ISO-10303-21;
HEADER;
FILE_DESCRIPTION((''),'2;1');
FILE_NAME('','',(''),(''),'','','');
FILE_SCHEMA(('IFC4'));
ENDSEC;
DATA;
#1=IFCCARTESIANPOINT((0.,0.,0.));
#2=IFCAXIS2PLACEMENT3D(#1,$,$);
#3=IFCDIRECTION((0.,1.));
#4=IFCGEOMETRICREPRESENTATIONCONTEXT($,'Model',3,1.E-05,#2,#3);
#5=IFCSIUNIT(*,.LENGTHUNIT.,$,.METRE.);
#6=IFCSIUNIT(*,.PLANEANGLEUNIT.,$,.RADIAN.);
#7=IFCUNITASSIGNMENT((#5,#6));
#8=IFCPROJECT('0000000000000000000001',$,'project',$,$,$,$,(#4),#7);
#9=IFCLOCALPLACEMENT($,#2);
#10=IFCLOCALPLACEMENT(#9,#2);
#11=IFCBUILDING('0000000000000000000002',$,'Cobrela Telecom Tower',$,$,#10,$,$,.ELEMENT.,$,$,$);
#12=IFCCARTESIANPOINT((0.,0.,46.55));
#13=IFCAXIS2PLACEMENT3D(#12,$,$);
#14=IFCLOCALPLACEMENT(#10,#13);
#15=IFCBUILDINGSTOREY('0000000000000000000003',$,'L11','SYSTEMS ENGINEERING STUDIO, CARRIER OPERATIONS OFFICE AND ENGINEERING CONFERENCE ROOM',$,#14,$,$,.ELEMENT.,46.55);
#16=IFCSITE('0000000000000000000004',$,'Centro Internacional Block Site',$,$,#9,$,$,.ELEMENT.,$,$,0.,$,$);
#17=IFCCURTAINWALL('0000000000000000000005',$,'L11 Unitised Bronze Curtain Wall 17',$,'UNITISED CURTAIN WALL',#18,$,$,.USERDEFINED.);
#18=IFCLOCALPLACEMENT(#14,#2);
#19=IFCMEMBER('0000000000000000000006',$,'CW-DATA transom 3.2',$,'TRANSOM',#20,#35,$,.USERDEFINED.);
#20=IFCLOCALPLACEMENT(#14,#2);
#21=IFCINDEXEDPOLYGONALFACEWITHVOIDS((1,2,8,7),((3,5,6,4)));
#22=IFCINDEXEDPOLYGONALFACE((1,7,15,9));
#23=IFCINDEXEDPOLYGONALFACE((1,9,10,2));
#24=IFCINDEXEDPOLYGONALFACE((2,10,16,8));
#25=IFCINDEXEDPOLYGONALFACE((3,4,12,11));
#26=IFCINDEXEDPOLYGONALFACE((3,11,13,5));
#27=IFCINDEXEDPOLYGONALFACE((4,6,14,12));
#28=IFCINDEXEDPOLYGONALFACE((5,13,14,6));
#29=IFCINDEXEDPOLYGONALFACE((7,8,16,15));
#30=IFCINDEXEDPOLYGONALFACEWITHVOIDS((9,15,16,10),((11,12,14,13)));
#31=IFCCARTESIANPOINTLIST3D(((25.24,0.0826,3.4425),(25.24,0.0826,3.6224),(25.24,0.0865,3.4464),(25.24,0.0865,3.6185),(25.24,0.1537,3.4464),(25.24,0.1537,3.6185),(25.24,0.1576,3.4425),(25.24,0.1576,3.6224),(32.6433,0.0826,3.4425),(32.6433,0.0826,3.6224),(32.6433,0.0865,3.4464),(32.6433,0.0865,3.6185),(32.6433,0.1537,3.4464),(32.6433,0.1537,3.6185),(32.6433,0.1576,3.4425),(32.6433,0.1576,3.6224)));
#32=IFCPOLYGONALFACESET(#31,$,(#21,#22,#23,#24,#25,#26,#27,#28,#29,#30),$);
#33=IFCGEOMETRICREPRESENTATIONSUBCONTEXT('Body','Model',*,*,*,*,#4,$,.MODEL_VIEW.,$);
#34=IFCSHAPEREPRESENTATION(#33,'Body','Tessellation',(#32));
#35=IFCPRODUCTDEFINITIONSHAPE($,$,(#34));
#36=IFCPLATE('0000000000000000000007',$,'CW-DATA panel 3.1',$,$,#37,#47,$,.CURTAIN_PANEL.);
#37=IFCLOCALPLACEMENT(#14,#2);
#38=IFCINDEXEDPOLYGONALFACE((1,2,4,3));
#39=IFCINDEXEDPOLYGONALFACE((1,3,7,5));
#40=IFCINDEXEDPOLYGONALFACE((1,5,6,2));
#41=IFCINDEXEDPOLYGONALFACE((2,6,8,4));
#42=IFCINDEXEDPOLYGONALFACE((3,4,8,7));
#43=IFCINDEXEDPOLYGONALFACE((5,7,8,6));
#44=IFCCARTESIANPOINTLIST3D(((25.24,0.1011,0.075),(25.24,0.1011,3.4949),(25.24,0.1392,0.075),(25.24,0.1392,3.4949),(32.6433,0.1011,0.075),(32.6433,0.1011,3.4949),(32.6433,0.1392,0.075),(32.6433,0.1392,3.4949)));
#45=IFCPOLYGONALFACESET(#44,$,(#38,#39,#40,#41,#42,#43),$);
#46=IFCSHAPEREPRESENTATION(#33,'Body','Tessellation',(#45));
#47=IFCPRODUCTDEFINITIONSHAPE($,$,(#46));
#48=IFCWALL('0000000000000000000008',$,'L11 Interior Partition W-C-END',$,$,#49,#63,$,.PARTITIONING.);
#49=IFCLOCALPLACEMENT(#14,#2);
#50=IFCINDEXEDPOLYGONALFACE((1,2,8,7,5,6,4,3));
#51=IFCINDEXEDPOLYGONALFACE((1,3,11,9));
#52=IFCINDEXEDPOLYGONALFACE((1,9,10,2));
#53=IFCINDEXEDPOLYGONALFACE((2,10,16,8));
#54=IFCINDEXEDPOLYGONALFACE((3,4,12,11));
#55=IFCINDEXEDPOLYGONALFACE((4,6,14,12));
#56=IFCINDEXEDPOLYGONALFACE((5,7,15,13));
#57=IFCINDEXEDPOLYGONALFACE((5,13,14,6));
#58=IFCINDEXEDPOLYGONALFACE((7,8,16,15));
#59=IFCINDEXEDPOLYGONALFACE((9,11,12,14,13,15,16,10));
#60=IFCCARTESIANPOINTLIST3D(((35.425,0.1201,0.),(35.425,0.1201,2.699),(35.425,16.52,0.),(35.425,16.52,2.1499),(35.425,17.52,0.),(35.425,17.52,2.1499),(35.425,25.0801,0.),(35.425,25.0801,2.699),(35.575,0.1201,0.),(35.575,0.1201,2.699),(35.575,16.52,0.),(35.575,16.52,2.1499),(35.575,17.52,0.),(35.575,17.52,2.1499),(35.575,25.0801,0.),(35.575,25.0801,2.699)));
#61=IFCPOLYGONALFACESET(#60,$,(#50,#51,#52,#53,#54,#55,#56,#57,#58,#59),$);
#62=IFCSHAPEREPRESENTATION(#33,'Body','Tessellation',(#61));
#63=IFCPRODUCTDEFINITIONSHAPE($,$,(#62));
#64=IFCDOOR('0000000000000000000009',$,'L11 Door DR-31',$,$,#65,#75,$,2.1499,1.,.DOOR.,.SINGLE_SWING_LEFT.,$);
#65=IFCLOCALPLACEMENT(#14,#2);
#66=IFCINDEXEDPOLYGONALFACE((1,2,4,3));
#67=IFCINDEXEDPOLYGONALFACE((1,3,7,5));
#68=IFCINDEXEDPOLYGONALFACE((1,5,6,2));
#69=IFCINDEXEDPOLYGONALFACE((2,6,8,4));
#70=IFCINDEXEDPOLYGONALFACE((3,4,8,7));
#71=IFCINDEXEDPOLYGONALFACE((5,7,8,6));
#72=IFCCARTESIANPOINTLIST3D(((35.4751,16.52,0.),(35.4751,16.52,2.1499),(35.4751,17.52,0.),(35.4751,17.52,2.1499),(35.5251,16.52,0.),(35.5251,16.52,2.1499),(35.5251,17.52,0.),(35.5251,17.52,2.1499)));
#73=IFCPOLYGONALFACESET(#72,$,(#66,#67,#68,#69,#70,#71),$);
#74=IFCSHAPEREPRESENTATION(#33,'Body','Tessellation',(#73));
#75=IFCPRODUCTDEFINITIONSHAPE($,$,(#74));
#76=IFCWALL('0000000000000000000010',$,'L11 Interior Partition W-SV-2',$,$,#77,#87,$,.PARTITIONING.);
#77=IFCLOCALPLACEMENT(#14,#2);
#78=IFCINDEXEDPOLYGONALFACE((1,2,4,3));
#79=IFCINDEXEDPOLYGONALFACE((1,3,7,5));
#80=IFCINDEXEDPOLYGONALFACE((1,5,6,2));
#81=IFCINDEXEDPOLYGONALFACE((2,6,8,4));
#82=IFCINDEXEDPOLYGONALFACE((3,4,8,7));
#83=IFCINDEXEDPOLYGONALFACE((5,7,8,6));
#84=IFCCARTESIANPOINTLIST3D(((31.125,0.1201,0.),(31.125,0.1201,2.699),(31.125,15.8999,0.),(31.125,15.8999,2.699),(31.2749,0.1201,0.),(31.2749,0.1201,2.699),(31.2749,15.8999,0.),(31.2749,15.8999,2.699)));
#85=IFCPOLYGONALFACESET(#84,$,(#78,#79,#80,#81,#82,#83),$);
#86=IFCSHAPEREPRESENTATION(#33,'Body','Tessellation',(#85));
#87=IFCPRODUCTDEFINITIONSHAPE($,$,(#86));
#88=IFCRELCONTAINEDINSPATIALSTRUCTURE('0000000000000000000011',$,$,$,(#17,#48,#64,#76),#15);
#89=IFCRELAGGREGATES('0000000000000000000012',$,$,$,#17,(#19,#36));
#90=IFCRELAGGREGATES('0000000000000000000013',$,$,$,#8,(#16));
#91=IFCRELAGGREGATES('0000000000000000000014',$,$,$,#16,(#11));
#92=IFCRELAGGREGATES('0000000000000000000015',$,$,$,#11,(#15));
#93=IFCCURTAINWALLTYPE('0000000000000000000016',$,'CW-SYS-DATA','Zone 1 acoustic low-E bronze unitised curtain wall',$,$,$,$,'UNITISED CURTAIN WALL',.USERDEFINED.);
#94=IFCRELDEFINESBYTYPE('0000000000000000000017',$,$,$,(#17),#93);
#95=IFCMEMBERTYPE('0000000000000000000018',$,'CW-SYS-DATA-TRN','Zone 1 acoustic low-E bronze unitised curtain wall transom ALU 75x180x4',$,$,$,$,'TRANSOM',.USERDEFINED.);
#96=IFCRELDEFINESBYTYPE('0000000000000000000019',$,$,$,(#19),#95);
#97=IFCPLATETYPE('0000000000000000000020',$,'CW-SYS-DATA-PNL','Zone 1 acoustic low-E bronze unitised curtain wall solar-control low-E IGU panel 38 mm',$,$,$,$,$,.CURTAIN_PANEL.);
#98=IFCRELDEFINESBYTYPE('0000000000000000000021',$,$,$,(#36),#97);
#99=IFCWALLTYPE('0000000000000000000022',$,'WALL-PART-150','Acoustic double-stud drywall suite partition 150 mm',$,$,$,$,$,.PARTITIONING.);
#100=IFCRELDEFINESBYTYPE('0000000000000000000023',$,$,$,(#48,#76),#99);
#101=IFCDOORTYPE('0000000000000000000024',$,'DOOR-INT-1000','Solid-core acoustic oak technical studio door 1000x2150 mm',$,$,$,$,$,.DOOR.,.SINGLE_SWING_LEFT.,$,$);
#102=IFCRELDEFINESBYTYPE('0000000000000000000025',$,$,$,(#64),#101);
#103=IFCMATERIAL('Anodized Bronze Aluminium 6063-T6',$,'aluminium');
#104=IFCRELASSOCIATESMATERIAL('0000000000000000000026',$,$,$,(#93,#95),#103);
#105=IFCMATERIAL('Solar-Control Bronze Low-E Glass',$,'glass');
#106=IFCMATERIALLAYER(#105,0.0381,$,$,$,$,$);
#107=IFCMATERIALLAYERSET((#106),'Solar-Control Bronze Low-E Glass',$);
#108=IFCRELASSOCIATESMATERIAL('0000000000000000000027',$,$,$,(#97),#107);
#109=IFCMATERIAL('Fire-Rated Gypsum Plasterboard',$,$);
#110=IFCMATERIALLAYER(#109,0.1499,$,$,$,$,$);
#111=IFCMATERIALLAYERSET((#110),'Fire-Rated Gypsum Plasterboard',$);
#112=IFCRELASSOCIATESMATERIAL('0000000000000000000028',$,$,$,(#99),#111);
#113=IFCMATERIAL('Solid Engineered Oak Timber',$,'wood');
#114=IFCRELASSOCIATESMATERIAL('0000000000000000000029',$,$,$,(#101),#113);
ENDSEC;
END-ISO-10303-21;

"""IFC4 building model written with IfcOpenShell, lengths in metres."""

from ifc_helpers import new_model, si_unit, direction, frame, frame_2d, origin, origin_2d, place, context, subcontext, project, spatial, rectangle, hollow_rectangle, extrude, material, layer, layer_set, material_profile, profile_set, type_object, element, fill, aggregate, save


model = new_model("IFC4")

# Units and contexts
model_context = context("Model", 3, precision=1e-05, world=origin(), true_north=direction((0.0, 1.0)))
body_context = subcontext(model_context, "Body", "Model", "MODEL_VIEW")
ifc_project = project(units=[si_unit("LENGTHUNIT", "METRE"), si_unit("PLANEANGLEUNIT", "RADIAN")], contexts=[model_context])

# Site, building, storey
site_placement = place(None, origin())
site = spatial("IfcSite", under=ifc_project, at=site_placement, Name="Centro Internacional Block Site", CompositionType="ELEMENT", RefElevation=0.0)
building_placement = place(site_placement, origin())
building = spatial("IfcBuilding", under=site, at=building_placement, Name="Cobrela Telecom Tower", CompositionType="ELEMENT")
storey_placement = place(building_placement, frame((0.0, 0.0, 46.55)))
storey = spatial("IfcBuildingStorey", under=building, at=storey_placement, Name="L11", Description="SYSTEMS ENGINEERING STUDIO, CARRIER OPERATIONS OFFICE AND ENGINEERING CONFERENCE ROOM", CompositionType="ELEMENT", Elevation=46.55)

# Curtain wall, member, plate
ifc_material_1 = material(Name="Anodized Bronze Aluminium 6063-T6", Category="aluminium")
curtain_wall_type = type_object("IfcCurtainWallType", Name="CW-SYS-DATA", Description="Zone 1 acoustic low-E bronze unitised curtain wall", ElementType="UNITISED CURTAIN WALL", PredefinedType="USERDEFINED", material=ifc_material_1)
curtain_wall_placement = place(storey_placement, origin())
curtain_wall = element("IfcCurtainWall", 1, at=curtain_wall_placement, inside=storey, type_object=curtain_wall_type, Name="L11 Unitised Bronze Curtain Wall 17", ObjectType="UNITISED CURTAIN WALL", PredefinedType="USERDEFINED")
ifc_material_profile_1 = material_profile(ifc_material_1, hollow_rectangle(XDim=0.075, YDim=0.1799, WallThickness=0.0039, at=origin_2d()), Name="ALU 75x180x4")
ifc_profile_set_1 = profile_set([ifc_material_profile_1], Name="Anodized Bronze Aluminium 6063-T6")
member_type_1 = type_object("IfcMemberType", Name="CW-SYS-DATA-TRN", Description="Zone 1 acoustic low-E bronze unitised curtain wall transom ALU 75x180x4", ElementType="TRANSOM", PredefinedType="USERDEFINED", material=ifc_profile_set_1)
member_1_placement = place(storey_placement, frame((32.6433, 0.1201, 3.5325), z_axis=(-1.0, 0.0, 0.0), x_axis=(0.0, -1.0, 0.0)))
member_1 = element("IfcMember", 2, at=member_1_placement, type_object=member_type_1, Name="CW-DATA transom 3.2", ObjectType="TRANSOM", PredefinedType="USERDEFINED", context=body_context, shape_type="SweptSolid", body=[
    extrude(hollow_rectangle(XDim=0.075, YDim=0.1799, WallThickness=0.0039, at=origin_2d()), origin(), (0.0, 0.0, 1.0), 7.4033),
])
ifc_material_2 = material(Name="Solar-Control Bronze Low-E Glass", Category="glass")
ifc_layer_1 = layer(ifc_material_2, 0.0381)
ifc_layer_set_1 = layer_set([ifc_layer_1], Name="Solar-Control Bronze Low-E Glass")
plate_type = type_object("IfcPlateType", Name="CW-SYS-DATA-PNL", Description="Zone 1 acoustic low-E bronze unitised curtain wall solar-control low-E IGU panel 38 mm", PredefinedType="CURTAIN_PANEL", material=ifc_layer_set_1)
plate_placement = place(storey_placement, frame((28.9417, 0.1201, 0.075), z_axis=(0.0, 0.0, 1.0), x_axis=(-1.0, 0.0, 0.0)))
plate = element("IfcPlate", 3, at=plate_placement, type_object=plate_type, Name="CW-DATA panel 3.1", PredefinedType="CURTAIN_PANEL", context=body_context, shape_type="SweptSolid", body=[
    extrude(rectangle(XDim=7.4033, YDim=0.0381, at=origin_2d()), origin(), (0.0, 0.0, 1.0), 3.4199),
])
aggregate(curtain_wall, [member_1, plate])

# Wall, opening, door
ifc_material_3 = material(Name="Fire-Rated Gypsum Plasterboard")
ifc_layer_2 = layer(ifc_material_3, 0.1499)
ifc_layer_set_2 = layer_set([ifc_layer_2], Name="Fire-Rated Gypsum Plasterboard")
wall_type = type_object("IfcWallType", Name="WALL-PART-150", Description="Acoustic double-stud drywall suite partition 150 mm", PredefinedType="PARTITIONING", material=ifc_layer_set_2)
wall_1_placement = place(storey_placement, frame((35.5, 0.1201, 0.0), z_axis=(0.0, 0.0, 1.0), x_axis=(0.0, 1.0, 0.0)))
wall_1 = element("IfcWall", 4, at=wall_1_placement, inside=storey, type_object=wall_type, Name="L11 Interior Partition W-C-END", PredefinedType="PARTITIONING", context=body_context, shape_type="SweptSolid", body=[
    extrude(rectangle(XDim=24.96, YDim=0.1499, at=frame_2d((12.48, 0.0))), origin(), (0.0, 0.0, 1.0), 2.699),
])
opening_placement = place(wall_1_placement, frame((16.3999, 0.0, 0.0)))
opening = element("IfcOpeningElement", 5, at=opening_placement, cuts=wall_1, PredefinedType="OPENING", context=body_context, shape_type="SweptSolid", body=[
    extrude(rectangle(XDim=1.0, YDim=2.1499, at=frame_2d((0.5, 1.075))), frame((0.0, 0.0869, 0.0), z_axis=(0.0, -1.0, 0.0), x_axis=(1.0, 0.0, 0.0)), (0.0, 0.0, 1.0), 0.1738),
])
ifc_material_4 = material(Name="Solid Engineered Oak Timber", Category="wood")
door_type = type_object("IfcDoorType", Name="DOOR-INT-1000", Description="Solid-core acoustic oak technical studio door 1000x2150 mm", OperationType="SINGLE_SWING_LEFT", PredefinedType="DOOR", material=ifc_material_4)
door_placement = place(opening_placement, origin())
door = element("IfcDoor", 6, at=door_placement, inside=storey, type_object=door_type, Name="L11 Door DR-31", OperationType="SINGLE_SWING_LEFT", OverallHeight=2.1499, OverallWidth=1.0, PredefinedType="DOOR", context=body_context, shape_type="SweptSolid", body=[
    extrude(rectangle(XDim=1.0, YDim=2.1499, at=frame_2d((0.5, 1.075))), frame((0.0, 0.0249, 0.0), z_axis=(0.0, -1.0, 0.0), x_axis=(1.0, 0.0, 0.0)), (0.0, 0.0, 1.0), 0.05),
])
fill(opening, door)

# Wall
wall_2_placement = place(storey_placement, frame((31.2, 0.1201, 0.0), z_axis=(0.0, 0.0, 1.0), x_axis=(0.0, 1.0, 0.0)))
element("IfcWall", 7, at=wall_2_placement, inside=storey, type_object=wall_type, Name="L11 Interior Partition W-SV-2", PredefinedType="PARTITIONING", context=body_context, shape_type="SweptSolid", body=[
    extrude(rectangle(XDim=15.7798, YDim=0.1499, at=frame_2d((7.8899, 0.0))), origin(), (0.0, 0.0, 1.0), 2.699),
])

save(model, "model.ifc")
